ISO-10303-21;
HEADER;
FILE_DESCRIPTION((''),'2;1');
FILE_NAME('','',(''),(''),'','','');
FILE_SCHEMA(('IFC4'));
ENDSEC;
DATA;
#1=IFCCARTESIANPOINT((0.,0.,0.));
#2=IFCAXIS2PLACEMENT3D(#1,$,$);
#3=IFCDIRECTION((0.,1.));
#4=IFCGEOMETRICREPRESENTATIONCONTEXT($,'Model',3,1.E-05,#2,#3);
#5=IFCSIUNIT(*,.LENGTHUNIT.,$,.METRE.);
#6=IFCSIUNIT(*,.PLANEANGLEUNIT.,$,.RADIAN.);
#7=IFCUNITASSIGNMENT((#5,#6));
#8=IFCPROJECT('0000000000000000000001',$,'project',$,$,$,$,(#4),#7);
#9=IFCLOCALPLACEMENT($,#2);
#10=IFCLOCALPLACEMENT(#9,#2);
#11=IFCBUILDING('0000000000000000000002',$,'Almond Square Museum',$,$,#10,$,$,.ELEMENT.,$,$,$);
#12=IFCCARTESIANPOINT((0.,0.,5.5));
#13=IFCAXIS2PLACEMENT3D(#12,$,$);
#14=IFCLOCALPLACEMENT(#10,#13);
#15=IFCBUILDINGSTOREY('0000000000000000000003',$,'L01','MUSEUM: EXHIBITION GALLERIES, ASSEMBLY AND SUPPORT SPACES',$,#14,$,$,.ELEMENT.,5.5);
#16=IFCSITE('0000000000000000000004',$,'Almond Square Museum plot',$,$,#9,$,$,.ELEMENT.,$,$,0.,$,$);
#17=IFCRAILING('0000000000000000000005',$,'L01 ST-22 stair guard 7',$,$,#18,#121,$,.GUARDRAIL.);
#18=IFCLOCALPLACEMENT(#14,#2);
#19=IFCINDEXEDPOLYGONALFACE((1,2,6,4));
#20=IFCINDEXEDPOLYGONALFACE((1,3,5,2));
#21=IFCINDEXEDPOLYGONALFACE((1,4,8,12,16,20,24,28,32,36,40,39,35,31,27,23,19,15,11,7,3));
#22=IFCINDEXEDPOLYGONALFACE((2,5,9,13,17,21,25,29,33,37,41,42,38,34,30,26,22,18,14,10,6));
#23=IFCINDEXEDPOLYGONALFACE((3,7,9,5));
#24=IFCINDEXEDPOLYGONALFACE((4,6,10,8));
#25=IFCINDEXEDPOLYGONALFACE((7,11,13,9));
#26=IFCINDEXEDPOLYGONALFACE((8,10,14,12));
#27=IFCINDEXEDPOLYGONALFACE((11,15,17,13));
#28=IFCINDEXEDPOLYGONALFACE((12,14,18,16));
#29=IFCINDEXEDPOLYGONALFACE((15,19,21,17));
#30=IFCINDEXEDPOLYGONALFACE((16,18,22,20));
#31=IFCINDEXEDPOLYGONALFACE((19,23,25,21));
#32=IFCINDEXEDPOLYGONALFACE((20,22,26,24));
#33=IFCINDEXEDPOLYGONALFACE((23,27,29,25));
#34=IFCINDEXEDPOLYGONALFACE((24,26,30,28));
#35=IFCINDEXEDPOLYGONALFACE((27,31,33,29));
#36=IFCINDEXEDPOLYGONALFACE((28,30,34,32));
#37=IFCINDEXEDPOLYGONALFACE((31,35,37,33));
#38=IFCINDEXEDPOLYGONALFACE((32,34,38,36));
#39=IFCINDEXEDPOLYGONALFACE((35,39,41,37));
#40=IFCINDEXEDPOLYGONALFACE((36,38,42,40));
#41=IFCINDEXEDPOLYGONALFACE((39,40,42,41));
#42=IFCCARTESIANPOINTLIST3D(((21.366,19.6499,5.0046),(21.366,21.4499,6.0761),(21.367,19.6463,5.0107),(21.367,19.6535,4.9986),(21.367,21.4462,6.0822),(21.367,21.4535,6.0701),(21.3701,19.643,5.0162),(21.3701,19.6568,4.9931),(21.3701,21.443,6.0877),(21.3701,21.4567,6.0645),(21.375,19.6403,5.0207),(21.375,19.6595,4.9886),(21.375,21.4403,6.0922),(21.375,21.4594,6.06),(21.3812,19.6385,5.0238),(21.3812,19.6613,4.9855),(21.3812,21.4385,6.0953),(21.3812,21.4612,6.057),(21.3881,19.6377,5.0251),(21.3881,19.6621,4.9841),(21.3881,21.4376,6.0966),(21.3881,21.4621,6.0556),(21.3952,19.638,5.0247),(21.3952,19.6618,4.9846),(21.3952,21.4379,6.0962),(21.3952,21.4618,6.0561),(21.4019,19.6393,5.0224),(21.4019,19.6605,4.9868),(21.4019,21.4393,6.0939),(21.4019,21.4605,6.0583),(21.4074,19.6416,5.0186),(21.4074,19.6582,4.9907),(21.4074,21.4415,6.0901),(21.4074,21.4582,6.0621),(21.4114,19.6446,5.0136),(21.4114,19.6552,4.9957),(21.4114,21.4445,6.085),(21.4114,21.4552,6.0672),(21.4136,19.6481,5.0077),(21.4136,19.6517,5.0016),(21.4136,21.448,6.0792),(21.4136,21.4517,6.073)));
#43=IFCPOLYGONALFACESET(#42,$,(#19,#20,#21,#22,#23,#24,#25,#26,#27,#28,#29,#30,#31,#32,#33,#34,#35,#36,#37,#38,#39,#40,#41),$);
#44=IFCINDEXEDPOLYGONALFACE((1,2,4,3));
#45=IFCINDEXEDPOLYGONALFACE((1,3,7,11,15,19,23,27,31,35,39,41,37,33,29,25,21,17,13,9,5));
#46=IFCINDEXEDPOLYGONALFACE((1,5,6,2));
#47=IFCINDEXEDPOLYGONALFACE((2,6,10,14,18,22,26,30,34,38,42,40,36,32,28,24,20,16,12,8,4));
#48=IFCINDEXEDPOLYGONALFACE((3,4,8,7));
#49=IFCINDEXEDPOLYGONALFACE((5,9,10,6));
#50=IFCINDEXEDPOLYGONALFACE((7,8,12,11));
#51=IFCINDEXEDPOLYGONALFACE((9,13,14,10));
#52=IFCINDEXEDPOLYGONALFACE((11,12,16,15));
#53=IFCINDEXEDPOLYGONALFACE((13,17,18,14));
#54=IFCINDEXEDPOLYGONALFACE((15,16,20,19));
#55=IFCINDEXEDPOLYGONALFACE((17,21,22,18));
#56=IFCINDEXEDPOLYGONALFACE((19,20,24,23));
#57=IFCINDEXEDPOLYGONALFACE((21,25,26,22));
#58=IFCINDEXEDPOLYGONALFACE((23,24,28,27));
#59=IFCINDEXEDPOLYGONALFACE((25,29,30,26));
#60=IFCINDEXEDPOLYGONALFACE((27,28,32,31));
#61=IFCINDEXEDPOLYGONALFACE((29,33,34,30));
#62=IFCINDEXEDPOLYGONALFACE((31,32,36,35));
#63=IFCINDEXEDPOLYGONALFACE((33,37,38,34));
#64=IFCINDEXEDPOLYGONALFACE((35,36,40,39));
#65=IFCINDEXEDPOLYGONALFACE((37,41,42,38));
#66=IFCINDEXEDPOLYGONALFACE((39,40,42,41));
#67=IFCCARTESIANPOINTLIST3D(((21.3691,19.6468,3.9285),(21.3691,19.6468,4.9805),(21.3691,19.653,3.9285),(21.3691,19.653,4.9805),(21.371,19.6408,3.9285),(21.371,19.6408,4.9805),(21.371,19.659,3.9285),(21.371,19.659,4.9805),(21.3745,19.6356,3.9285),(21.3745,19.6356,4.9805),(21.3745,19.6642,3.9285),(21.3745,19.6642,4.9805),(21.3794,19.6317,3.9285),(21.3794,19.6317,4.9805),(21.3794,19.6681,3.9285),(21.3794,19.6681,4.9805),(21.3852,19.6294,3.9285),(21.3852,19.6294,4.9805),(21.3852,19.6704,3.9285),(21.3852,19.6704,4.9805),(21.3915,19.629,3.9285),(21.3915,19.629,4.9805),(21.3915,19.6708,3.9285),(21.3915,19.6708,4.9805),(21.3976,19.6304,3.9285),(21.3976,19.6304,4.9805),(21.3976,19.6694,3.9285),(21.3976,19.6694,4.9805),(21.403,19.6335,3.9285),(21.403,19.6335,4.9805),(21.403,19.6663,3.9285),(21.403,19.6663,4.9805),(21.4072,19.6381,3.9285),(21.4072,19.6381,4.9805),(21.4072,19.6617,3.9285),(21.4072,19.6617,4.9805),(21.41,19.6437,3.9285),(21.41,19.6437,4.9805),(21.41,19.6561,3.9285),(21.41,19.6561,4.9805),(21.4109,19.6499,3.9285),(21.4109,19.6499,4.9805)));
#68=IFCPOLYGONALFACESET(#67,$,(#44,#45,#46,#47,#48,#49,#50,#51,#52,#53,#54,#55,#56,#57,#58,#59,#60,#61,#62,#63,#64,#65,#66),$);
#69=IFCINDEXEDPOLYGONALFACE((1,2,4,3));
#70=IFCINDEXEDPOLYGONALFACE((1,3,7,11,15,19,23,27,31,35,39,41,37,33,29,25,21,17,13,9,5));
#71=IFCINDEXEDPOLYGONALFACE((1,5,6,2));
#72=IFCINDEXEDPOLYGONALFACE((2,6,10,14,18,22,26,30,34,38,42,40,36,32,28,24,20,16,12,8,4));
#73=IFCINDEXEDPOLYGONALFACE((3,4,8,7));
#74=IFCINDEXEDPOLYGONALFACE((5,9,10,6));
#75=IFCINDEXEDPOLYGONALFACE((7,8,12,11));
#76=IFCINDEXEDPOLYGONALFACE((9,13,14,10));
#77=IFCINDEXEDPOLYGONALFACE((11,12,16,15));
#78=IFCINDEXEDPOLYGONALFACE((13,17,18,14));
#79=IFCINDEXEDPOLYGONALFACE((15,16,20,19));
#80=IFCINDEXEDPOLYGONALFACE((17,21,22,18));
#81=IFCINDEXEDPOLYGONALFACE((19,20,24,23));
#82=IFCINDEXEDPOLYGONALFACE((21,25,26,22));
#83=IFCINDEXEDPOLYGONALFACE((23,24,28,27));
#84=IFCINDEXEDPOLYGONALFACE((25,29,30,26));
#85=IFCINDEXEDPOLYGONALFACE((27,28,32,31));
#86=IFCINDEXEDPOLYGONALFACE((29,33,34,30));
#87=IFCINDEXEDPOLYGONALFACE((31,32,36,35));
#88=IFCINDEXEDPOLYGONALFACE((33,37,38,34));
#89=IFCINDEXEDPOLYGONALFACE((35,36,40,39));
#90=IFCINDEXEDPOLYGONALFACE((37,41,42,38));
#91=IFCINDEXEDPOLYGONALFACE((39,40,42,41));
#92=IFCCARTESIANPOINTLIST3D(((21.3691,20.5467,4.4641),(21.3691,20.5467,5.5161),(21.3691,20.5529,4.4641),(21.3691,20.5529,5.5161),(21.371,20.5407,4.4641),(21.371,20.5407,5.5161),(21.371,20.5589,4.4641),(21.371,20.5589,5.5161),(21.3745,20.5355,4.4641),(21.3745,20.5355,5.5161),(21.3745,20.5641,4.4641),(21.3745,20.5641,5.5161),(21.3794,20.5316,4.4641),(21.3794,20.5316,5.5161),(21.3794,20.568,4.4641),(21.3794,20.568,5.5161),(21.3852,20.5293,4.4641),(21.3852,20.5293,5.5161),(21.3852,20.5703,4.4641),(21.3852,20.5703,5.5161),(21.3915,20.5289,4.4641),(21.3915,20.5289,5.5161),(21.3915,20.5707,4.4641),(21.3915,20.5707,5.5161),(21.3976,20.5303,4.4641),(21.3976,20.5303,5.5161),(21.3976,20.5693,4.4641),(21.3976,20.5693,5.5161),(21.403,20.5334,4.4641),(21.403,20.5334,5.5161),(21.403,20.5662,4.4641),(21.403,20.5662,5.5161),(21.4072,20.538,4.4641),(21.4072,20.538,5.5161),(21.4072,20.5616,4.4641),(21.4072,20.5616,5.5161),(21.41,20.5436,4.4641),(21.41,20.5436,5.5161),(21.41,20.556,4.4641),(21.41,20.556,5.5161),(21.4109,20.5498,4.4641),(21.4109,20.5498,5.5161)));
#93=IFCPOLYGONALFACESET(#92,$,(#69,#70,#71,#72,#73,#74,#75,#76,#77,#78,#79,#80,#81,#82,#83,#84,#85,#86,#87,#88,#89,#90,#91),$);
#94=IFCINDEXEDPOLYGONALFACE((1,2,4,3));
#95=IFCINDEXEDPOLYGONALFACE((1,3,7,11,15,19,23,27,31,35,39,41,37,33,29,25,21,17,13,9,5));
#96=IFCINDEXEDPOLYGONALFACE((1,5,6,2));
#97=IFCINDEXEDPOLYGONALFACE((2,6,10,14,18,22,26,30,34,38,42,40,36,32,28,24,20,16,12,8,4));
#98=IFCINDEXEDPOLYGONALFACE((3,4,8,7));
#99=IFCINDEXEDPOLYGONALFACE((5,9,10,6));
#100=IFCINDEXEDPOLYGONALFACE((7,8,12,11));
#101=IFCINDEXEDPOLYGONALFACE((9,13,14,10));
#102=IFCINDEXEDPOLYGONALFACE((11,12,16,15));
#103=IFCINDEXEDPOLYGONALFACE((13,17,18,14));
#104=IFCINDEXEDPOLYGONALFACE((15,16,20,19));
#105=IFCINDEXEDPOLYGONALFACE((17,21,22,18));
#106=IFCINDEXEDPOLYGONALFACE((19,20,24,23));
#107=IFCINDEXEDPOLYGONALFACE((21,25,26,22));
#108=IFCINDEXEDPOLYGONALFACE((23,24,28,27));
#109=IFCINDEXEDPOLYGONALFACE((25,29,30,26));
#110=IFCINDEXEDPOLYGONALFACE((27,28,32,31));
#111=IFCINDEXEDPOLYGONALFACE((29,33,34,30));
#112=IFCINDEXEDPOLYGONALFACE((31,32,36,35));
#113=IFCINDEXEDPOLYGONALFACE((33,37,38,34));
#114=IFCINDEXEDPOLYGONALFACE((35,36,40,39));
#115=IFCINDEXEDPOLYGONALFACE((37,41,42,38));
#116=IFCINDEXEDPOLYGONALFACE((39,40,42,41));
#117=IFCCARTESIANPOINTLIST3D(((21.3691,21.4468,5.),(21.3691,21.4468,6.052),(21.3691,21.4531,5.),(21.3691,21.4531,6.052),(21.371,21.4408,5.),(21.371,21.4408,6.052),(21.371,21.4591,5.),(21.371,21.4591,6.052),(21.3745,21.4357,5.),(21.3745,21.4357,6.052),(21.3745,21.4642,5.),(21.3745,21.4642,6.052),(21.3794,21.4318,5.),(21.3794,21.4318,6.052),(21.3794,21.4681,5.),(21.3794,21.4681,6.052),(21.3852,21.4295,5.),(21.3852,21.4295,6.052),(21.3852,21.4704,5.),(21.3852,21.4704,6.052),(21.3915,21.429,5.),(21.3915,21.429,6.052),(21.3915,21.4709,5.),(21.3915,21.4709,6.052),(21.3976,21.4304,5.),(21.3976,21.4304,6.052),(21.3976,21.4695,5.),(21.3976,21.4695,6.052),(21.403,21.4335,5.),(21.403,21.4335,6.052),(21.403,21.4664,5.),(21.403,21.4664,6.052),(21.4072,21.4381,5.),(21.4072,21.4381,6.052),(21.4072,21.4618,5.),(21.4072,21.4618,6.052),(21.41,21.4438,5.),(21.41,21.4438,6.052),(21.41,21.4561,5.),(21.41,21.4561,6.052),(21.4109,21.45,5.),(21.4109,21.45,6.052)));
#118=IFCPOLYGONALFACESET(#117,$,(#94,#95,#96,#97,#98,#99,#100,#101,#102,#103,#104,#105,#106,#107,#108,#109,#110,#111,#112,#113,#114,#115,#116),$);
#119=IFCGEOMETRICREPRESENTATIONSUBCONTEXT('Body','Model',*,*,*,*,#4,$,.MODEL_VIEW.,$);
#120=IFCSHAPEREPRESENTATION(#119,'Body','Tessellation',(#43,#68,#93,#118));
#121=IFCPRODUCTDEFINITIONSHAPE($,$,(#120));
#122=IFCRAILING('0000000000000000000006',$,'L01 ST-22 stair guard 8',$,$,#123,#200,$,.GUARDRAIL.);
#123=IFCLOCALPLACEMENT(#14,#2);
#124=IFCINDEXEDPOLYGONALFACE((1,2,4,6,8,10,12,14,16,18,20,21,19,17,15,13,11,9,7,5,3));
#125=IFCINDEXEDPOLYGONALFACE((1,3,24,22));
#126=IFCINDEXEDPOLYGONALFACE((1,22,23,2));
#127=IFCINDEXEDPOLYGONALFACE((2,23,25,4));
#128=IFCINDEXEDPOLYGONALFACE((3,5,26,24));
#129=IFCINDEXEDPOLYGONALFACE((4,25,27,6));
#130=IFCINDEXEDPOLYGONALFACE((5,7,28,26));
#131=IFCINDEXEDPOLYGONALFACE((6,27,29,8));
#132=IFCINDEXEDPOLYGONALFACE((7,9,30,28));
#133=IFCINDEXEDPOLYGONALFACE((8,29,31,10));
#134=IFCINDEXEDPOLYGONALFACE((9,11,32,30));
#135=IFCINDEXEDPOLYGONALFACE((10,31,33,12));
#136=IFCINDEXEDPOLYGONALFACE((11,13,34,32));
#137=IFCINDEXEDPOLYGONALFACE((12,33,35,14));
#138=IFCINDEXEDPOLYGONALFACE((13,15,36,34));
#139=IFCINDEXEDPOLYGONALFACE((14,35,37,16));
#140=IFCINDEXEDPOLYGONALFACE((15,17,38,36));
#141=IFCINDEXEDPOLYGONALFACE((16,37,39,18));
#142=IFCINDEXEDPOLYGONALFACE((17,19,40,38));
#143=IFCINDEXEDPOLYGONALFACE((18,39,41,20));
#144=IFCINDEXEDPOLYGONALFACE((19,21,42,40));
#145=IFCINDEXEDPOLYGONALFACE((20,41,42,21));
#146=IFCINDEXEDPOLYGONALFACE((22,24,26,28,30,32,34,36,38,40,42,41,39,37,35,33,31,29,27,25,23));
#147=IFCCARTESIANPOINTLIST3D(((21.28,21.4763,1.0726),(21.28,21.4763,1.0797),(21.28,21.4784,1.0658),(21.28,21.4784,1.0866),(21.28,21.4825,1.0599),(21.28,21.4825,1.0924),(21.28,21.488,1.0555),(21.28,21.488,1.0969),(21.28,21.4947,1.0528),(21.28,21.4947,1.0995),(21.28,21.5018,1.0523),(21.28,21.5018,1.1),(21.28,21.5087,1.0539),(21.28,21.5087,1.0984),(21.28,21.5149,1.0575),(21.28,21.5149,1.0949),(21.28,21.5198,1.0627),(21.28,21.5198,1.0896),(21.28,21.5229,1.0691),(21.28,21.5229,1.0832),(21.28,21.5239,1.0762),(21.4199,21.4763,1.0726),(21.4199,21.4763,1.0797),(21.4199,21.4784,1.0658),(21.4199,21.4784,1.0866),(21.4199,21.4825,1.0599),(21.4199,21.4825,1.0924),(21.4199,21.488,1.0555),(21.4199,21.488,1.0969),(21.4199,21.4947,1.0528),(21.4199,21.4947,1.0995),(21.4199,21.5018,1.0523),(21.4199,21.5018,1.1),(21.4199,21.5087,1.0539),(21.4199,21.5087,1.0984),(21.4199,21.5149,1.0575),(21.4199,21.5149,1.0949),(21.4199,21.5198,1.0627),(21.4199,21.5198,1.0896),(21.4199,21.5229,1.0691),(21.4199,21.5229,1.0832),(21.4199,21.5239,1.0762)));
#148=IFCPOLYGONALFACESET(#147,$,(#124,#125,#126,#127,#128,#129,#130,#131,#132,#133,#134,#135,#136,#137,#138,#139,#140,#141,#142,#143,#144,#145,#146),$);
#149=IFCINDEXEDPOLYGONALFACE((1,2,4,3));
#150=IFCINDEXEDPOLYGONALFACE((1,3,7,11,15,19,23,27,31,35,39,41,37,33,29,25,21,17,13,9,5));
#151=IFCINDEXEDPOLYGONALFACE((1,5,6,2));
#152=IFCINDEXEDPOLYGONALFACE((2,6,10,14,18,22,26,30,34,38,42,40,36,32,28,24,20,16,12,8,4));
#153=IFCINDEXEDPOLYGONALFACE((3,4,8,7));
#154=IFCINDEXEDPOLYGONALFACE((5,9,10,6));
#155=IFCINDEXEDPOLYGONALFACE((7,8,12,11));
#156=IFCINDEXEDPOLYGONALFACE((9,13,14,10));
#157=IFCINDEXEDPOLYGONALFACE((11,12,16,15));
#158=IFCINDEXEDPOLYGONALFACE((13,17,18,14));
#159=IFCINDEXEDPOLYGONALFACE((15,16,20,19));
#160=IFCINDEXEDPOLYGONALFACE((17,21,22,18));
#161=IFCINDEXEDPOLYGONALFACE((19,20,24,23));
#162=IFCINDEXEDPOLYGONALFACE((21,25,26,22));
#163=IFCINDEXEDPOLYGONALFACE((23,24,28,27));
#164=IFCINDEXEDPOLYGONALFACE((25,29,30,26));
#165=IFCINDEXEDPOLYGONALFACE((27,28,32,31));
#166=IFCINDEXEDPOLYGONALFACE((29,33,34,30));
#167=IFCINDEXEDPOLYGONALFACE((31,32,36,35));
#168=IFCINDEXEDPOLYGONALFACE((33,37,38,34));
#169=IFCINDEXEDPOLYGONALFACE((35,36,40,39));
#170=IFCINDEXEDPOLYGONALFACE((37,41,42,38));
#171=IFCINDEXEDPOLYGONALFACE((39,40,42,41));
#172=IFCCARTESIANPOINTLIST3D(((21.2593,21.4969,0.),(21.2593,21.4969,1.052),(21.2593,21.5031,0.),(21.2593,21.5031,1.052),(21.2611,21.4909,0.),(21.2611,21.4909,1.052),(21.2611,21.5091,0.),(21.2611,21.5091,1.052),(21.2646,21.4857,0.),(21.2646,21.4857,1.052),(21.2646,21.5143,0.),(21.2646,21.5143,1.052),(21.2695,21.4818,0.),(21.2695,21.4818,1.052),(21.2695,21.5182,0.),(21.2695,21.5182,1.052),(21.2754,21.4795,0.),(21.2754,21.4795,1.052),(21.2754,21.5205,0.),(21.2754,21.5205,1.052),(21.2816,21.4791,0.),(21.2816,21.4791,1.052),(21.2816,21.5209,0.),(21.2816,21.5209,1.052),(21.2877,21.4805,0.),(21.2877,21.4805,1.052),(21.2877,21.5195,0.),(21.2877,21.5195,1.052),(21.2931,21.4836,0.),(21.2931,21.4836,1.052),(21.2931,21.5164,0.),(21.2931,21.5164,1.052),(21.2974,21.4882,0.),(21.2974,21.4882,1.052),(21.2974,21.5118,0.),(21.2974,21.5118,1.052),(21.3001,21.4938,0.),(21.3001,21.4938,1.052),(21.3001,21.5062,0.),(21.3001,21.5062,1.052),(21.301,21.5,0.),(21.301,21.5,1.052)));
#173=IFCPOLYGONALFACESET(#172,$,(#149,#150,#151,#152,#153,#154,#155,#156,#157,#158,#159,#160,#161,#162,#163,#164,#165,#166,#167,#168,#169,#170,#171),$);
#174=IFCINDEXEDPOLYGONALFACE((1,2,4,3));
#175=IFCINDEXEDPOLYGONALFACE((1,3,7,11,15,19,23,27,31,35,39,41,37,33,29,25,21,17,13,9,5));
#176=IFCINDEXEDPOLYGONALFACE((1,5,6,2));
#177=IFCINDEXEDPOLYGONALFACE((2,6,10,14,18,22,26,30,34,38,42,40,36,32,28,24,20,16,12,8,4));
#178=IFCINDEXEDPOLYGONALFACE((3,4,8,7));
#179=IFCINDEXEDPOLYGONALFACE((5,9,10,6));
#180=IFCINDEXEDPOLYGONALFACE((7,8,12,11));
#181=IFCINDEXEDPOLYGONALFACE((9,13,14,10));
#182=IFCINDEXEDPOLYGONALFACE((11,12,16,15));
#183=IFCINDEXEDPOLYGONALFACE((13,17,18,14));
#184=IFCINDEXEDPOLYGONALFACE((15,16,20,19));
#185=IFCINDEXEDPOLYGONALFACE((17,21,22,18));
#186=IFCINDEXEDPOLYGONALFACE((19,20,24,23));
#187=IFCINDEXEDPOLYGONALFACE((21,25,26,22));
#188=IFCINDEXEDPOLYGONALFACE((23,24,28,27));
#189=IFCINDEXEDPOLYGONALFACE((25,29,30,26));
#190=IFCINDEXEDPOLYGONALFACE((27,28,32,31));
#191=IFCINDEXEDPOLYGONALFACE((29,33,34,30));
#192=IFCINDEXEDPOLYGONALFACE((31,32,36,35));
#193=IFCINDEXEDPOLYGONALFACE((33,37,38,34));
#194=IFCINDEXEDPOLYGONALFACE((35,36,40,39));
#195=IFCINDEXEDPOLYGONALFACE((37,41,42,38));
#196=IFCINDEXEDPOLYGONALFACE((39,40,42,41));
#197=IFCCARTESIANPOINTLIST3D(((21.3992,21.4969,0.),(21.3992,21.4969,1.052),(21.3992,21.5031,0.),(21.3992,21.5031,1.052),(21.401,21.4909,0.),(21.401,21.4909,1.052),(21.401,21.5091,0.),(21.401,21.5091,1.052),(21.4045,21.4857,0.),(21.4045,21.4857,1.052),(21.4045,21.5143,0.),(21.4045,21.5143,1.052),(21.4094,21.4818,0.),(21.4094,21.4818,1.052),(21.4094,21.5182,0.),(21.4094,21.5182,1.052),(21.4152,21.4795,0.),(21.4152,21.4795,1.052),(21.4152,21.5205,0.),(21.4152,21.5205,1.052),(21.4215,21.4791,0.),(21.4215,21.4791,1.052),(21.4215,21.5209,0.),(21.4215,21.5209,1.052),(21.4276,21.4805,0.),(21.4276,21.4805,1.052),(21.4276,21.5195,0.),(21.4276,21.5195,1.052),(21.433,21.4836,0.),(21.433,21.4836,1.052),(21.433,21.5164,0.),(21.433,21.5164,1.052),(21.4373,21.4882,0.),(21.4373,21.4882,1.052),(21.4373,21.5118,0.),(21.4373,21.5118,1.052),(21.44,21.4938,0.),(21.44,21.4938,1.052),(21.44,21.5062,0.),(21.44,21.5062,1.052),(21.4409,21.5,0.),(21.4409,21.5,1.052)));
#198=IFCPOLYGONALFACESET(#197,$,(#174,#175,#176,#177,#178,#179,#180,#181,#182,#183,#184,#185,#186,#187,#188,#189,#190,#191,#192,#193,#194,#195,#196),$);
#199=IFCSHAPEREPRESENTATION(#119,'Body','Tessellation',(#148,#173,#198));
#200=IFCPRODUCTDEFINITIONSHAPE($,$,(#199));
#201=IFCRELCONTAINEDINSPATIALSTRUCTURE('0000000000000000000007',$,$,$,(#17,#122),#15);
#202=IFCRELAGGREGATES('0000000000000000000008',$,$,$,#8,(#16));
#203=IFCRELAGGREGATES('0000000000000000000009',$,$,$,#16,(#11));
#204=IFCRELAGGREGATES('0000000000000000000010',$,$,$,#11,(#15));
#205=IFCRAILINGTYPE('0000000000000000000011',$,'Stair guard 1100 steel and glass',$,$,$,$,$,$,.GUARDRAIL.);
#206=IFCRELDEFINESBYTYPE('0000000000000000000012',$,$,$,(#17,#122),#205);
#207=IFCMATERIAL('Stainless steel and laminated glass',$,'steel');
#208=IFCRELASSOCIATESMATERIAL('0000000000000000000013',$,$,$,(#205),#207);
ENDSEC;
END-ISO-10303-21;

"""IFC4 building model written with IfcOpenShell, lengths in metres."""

from ifc_helpers import new_model, si_unit, direction, frame, origin, origin_2d, place, context, subcontext, project, spatial, circle, extrude, material, type_object, element, save


model = new_model("IFC4")

# Units and contexts
model_context = context("Model", 3, precision=1e-05, world=origin(), true_north=direction((0.0, 1.0)))
body_context = subcontext(model_context, "Body", "Model", "MODEL_VIEW")
ifc_project = project(units=[si_unit("LENGTHUNIT", "METRE"), si_unit("PLANEANGLEUNIT", "RADIAN")], contexts=[model_context])

# Site, building, storey
site_placement = place(None, origin())
site = spatial("IfcSite", under=ifc_project, at=site_placement, Name="Almond Square Museum plot", CompositionType="ELEMENT", RefElevation=0.0)
building_placement = place(site_placement, origin())
building = spatial("IfcBuilding", under=site, at=building_placement, Name="Almond Square Museum", CompositionType="ELEMENT")
storey_placement = place(building_placement, frame((0.0, 0.0, 5.5)))
storey = spatial("IfcBuildingStorey", under=building, at=storey_placement, Name="L01", Description="MUSEUM: EXHIBITION GALLERIES, ASSEMBLY AND SUPPORT SPACES", CompositionType="ELEMENT", Elevation=5.5)

# Railings
ifc_material_1 = material(Name="Stainless steel and laminated glass", Category="steel")
railing_type_1 = type_object("IfcRailingType", Name="Stair guard 1100 steel and glass", PredefinedType="GUARDRAIL", material=ifc_material_1)
railing_1_placement = place(storey_placement, frame((21.3899, 19.6499, 3.9285)))
element("IfcRailing", 1, at=railing_1_placement, inside=storey, type_object=railing_type_1, Name="L01 ST-22 stair guard 7", PredefinedType="GUARDRAIL", context=body_context, shape_type="SweptSolid", body=[
    extrude(circle(Radius=0.0239, at=origin_2d()), frame((0.0, 0.0, 1.0762), z_axis=(0.0, 0.859277, 0.51151), x_axis=(-1.0, 0.0, 0.0)), (0.0, 0.0, 1.0), 2.0947),
    extrude(circle(Radius=0.021, at=origin_2d()), origin(), (0.0, 0.0, 1.0), 1.052),
    extrude(circle(Radius=0.021, at=origin_2d()), frame((0.0, 0.8999, 0.5356)), (0.0, 0.0, 1.0), 1.052),
    extrude(circle(Radius=0.021, at=origin_2d()), frame((0.0, 1.8, 1.0715)), (0.0, 0.0, 1.0), 1.052),
])
railing_2_placement = place(storey_placement, frame((21.28, 21.5, 0.0)))
element("IfcRailing", 2, at=railing_2_placement, inside=storey, type_object=railing_type_1, Name="L01 ST-22 stair guard 8", PredefinedType="GUARDRAIL", context=body_context, shape_type="SweptSolid", body=[
    extrude(circle(Radius=0.0239, at=origin_2d()), frame((0.0, 0.0, 1.0762), z_axis=(1.0, 0.0, 0.0), x_axis=(0.0, 1.0, 0.0)), (0.0, 0.0, 1.0), 0.1399),
    extrude(circle(Radius=0.021, at=origin_2d()), origin(), (0.0, 0.0, 1.0), 1.052),
    extrude(circle(Radius=0.021, at=origin_2d()), frame((0.1399, 0.0, 0.0)), (0.0, 0.0, 1.0), 1.052),
])

save(model, "model.ifc")
